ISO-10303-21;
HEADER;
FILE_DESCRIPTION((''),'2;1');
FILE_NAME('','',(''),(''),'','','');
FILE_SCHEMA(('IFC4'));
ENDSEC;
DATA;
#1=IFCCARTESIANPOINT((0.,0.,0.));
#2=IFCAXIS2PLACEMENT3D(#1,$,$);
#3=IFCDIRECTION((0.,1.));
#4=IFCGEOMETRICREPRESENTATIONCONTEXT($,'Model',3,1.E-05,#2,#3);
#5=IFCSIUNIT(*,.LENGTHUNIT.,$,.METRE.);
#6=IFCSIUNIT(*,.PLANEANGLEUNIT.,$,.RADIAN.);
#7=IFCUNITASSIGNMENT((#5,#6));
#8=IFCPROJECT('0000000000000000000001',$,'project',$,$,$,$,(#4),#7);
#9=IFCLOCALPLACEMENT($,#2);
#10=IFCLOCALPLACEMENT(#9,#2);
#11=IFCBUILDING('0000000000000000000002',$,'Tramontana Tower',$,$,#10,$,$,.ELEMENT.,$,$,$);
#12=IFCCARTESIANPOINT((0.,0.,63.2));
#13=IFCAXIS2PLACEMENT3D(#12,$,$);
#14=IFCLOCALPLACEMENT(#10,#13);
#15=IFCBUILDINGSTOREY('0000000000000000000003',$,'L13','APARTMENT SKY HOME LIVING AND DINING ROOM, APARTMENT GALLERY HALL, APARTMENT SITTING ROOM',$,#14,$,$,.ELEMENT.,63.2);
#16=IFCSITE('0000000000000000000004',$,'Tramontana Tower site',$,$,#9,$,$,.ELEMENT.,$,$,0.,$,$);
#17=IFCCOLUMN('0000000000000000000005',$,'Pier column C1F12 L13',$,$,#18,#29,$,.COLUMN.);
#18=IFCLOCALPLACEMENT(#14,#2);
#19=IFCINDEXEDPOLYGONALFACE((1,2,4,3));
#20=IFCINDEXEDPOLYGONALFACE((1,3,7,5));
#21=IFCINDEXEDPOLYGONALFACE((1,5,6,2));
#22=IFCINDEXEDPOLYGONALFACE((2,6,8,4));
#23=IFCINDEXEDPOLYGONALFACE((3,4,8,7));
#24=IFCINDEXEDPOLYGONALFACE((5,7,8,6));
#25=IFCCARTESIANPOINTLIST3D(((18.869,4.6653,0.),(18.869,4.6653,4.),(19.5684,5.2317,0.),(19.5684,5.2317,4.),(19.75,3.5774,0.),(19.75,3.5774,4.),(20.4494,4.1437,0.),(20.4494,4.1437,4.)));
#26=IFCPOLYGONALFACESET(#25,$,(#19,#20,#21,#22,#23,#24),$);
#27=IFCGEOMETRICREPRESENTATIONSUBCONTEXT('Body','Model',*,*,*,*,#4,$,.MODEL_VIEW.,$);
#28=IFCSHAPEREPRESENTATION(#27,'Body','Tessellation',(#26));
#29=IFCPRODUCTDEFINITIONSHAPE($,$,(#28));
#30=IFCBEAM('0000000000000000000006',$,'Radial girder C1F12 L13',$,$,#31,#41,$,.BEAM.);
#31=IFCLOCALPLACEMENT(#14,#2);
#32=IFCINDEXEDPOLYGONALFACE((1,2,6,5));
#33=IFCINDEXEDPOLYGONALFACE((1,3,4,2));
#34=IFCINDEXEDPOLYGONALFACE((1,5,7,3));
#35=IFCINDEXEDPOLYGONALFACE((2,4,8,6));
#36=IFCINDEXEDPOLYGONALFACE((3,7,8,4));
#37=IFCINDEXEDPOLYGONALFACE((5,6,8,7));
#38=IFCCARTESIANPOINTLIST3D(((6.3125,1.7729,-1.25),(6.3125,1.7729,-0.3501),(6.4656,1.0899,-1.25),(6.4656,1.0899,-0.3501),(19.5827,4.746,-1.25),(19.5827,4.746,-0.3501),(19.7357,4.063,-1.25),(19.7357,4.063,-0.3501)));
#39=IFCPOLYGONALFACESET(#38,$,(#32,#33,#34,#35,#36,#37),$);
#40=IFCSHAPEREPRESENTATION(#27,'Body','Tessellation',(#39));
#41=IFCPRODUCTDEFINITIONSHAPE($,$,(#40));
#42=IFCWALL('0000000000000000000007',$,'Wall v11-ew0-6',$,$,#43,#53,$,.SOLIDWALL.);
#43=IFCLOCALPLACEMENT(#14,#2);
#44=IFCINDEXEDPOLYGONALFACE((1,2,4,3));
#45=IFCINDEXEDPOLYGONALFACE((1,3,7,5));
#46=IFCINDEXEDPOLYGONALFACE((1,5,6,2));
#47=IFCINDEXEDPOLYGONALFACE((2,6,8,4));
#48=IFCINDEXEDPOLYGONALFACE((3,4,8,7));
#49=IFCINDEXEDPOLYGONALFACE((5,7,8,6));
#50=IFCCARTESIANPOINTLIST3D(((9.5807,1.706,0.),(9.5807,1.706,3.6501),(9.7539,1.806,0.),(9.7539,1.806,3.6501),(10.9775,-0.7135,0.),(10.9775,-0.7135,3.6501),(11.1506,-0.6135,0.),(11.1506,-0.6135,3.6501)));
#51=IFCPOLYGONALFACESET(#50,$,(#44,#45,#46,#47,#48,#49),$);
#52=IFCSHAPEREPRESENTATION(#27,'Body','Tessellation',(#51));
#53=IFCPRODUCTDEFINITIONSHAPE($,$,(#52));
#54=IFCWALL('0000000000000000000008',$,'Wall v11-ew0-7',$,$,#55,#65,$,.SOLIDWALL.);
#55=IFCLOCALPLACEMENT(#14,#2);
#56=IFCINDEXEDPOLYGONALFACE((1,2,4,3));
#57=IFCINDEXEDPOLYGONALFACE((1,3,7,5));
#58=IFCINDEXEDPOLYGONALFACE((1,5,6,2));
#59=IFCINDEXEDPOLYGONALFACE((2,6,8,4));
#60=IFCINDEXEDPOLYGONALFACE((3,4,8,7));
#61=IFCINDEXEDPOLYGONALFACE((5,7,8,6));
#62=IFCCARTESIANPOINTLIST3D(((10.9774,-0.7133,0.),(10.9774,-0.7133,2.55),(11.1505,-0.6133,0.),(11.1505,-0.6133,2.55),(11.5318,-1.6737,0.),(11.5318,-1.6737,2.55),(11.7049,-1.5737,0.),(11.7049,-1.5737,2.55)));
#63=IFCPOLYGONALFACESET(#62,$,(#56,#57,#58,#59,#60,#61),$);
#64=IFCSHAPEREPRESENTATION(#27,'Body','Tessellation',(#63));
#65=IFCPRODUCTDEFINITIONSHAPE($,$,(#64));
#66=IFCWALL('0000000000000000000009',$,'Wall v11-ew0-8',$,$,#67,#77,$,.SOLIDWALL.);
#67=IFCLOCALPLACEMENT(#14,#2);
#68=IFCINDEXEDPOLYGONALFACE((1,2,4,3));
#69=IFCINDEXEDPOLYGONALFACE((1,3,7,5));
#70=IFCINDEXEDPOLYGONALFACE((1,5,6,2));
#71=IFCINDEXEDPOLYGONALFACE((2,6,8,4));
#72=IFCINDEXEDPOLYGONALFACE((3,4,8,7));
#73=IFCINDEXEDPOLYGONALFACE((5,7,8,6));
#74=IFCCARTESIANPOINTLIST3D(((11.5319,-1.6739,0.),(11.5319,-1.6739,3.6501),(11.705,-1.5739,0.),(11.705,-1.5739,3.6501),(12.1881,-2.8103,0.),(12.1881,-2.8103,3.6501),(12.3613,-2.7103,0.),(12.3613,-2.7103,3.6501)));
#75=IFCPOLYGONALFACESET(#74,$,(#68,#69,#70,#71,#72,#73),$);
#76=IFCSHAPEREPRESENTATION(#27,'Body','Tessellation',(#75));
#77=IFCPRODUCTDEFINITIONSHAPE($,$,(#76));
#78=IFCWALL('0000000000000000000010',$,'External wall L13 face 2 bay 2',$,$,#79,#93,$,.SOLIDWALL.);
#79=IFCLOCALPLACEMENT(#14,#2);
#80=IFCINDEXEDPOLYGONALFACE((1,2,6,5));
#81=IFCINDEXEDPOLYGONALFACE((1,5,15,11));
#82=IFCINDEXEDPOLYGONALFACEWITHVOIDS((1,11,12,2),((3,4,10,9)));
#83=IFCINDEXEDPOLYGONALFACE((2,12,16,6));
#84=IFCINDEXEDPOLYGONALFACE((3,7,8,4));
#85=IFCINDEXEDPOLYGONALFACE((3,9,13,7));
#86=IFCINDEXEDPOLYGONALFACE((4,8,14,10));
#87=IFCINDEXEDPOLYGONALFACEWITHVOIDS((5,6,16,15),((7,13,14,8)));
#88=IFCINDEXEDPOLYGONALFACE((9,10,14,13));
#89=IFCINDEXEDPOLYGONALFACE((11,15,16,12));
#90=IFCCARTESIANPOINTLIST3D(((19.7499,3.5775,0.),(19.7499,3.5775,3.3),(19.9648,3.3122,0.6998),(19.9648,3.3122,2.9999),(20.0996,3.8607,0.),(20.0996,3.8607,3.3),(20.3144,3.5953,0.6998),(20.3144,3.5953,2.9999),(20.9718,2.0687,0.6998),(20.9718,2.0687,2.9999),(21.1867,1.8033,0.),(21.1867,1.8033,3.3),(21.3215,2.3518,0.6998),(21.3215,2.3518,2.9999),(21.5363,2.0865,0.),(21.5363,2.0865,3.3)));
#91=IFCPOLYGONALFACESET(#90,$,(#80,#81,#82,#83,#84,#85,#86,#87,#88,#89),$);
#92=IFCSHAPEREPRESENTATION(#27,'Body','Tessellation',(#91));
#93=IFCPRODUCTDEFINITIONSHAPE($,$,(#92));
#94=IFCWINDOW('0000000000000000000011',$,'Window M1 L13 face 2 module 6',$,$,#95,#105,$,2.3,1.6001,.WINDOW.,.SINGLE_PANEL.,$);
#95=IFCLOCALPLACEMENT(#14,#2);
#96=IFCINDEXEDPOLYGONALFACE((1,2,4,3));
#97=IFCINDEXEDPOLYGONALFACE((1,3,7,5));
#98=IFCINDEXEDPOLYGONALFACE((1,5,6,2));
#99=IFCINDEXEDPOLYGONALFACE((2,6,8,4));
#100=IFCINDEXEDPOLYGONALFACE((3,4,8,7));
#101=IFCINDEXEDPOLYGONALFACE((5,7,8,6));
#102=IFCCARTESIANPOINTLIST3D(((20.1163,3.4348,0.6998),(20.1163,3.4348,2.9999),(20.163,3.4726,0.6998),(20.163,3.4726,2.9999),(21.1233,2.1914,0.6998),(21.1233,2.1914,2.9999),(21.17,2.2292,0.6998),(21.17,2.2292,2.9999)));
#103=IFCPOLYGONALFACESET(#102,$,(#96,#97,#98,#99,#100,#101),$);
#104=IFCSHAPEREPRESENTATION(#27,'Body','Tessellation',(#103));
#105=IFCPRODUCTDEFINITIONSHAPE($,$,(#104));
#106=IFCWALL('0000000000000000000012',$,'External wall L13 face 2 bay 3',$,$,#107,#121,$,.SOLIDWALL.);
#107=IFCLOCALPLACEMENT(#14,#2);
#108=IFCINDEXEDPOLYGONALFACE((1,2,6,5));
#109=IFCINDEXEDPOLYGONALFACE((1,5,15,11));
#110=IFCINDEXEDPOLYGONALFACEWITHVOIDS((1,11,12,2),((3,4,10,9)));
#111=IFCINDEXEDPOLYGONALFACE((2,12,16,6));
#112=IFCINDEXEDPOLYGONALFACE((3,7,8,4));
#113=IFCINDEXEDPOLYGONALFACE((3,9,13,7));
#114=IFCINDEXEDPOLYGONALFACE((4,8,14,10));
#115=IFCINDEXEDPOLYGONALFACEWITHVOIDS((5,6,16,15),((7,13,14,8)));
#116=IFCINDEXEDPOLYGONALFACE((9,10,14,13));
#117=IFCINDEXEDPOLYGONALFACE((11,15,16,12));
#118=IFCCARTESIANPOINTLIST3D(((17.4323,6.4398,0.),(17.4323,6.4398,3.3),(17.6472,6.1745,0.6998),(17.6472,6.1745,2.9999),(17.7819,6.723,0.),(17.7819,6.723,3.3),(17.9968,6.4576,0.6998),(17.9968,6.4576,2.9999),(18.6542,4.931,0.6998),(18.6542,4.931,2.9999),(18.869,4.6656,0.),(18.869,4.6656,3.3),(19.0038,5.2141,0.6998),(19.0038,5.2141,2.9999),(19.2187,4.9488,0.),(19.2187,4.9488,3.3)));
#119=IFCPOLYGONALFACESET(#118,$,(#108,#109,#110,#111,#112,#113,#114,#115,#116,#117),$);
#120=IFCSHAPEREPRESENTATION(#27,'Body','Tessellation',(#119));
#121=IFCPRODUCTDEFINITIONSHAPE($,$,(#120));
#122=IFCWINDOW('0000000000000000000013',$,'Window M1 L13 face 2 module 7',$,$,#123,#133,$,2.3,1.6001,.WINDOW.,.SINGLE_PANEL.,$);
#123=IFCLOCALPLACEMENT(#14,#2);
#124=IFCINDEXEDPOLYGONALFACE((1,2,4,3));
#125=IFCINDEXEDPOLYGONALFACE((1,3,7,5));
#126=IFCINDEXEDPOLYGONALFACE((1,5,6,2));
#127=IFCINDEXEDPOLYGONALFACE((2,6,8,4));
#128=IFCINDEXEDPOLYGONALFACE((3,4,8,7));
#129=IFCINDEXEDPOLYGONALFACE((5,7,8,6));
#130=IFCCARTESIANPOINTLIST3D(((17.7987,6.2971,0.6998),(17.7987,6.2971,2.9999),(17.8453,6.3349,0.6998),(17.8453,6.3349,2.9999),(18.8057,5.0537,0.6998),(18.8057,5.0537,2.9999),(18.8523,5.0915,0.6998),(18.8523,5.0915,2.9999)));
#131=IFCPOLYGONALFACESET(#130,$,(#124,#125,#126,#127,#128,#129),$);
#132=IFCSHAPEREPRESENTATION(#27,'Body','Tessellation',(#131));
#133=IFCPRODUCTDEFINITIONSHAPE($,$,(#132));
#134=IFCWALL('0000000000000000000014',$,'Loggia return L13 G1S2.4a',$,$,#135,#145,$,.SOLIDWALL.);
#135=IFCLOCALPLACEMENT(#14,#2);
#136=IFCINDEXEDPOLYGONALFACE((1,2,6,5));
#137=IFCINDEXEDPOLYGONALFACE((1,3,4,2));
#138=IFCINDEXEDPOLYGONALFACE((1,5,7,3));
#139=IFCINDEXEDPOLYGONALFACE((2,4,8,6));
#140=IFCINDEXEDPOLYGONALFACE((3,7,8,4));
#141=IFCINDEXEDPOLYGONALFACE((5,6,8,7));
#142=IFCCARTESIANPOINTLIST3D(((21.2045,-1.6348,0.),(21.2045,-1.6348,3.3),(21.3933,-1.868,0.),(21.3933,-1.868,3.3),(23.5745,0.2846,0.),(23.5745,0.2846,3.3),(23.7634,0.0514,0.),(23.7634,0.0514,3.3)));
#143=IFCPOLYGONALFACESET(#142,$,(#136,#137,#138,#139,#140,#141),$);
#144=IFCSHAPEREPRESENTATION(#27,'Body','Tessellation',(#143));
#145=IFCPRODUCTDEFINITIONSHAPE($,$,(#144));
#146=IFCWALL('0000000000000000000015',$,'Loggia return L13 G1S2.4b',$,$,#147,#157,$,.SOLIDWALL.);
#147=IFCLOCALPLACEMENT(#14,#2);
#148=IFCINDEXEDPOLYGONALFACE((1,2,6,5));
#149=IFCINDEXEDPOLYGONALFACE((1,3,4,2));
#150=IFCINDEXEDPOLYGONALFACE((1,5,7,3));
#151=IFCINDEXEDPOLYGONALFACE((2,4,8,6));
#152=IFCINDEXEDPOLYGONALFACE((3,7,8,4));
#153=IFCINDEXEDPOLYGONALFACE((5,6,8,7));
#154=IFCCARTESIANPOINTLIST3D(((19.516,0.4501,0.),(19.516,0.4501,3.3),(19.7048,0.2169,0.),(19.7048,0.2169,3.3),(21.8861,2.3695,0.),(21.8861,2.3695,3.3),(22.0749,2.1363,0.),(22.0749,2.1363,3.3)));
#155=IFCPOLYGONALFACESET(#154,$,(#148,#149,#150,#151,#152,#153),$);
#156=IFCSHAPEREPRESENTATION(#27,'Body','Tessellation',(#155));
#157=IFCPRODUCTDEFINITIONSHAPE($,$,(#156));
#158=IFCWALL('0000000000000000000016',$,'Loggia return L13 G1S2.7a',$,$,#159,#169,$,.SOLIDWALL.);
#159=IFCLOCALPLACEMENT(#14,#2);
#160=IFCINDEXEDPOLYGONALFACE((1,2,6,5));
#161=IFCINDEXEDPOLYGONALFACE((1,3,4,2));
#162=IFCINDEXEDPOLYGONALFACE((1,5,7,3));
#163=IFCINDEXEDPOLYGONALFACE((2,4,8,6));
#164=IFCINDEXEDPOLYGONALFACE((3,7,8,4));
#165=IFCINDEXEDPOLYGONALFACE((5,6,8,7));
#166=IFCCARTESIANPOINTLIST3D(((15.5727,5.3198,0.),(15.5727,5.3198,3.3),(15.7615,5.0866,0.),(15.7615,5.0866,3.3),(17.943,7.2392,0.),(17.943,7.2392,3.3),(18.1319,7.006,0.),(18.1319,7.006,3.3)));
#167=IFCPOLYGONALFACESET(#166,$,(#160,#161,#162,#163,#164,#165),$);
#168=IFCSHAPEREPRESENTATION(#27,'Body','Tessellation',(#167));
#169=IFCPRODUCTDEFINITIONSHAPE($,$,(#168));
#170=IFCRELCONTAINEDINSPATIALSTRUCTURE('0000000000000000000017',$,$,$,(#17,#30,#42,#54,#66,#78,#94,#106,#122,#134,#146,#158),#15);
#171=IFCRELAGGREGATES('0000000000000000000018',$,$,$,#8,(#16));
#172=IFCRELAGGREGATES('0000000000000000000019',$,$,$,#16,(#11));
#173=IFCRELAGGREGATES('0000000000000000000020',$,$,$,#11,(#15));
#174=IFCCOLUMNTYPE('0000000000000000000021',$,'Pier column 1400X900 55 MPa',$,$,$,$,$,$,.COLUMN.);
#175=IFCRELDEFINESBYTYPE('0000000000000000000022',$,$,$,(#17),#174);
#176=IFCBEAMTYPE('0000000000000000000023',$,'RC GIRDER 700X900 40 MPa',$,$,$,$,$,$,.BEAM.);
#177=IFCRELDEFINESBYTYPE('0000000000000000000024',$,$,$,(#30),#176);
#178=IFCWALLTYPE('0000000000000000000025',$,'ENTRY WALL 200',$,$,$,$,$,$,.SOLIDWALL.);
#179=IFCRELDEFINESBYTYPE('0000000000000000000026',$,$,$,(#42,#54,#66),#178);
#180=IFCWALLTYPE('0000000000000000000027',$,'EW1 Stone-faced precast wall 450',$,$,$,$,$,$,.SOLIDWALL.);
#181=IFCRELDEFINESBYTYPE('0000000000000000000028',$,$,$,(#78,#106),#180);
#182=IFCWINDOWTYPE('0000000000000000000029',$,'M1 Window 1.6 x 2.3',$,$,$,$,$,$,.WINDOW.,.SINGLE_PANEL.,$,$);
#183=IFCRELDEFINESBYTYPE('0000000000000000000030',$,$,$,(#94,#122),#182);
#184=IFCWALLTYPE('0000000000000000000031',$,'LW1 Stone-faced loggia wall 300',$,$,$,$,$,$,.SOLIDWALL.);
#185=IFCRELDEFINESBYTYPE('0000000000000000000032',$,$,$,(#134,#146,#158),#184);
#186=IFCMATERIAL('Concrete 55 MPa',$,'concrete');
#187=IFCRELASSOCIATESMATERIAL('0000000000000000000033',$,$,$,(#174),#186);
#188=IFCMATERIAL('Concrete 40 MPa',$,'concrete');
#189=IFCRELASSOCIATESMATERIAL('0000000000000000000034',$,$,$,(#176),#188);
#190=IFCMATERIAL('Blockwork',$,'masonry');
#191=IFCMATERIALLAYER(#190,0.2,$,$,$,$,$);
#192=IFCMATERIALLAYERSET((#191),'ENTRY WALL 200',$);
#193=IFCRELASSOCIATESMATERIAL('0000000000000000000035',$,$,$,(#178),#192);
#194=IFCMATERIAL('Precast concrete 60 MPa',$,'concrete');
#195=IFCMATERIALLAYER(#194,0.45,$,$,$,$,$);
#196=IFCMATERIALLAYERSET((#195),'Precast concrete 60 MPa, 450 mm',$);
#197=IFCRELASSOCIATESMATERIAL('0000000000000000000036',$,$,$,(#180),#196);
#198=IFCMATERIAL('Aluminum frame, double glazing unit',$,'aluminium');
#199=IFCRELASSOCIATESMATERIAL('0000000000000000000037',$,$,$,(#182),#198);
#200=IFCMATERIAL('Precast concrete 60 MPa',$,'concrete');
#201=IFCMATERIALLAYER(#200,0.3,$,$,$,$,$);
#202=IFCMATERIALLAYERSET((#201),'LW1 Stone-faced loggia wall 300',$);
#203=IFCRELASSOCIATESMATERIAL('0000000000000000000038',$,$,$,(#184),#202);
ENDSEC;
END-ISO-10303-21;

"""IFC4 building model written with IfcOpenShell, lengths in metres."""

from ifc_helpers import new_model, si_unit, direction, frame, frame_2d, origin, origin_2d, place, context, subcontext, project, spatial, rectangle, extrude, material, layer, layer_set, material_profile, profile_set, type_object, element, fill, save


model = new_model("IFC4")

# Units and contexts
model_context = context("Model", 3, precision=1e-05, world=origin(), true_north=direction((0.0, 1.0)))
body_context = subcontext(model_context, "Body", "Model", "MODEL_VIEW")
ifc_project = project(units=[si_unit("LENGTHUNIT", "METRE"), si_unit("PLANEANGLEUNIT", "RADIAN")], contexts=[model_context])

# Site, building, storey
site_placement = place(None, origin())
site = spatial("IfcSite", under=ifc_project, at=site_placement, Name="Tramontana Tower site", CompositionType="ELEMENT", RefElevation=0.0)
building_placement = place(site_placement, origin())
building = spatial("IfcBuilding", under=site, at=building_placement, Name="Tramontana Tower", CompositionType="ELEMENT")
storey_placement = place(building_placement, frame((0.0, 0.0, 63.2)))
storey = spatial("IfcBuildingStorey", under=building, at=storey_placement, Name="L13", Description="APARTMENT SKY HOME LIVING AND DINING ROOM, APARTMENT GALLERY HALL, APARTMENT SITTING ROOM", CompositionType="ELEMENT", Elevation=63.2)

# Column
ifc_material_1 = material(Name="Concrete 55 MPa", Category="concrete")
ifc_material_profile_1 = material_profile(ifc_material_1, rectangle(XDim=1.3999, YDim=0.8999, at=origin_2d()), Name="Pier column 1400X900 55 MPa")
ifc_profile_set_1 = profile_set([ifc_material_profile_1], Name="Concrete 55 MPa")
column_type = type_object("IfcColumnType", Name="Pier column 1400X900 55 MPa", PredefinedType="COLUMN", material=ifc_profile_set_1)
column_placement = place(storey_placement, frame((19.6592, 4.4045, 0.0), z_axis=(0.0, 0.0, 1.0), x_axis=(-0.62932, 0.777146, 0.0)))
element("IfcColumn", 1, at=column_placement, inside=storey, type_object=column_type, Name="Pier column C1F12 L13", PredefinedType="COLUMN", context=body_context, shape_type="SweptSolid", body=[
    extrude(rectangle(XDim=1.3999, YDim=0.8999, at=origin_2d()), origin(), (0.0, 0.0, 1.0), 4.0),
])

# Beam
ifc_material_2 = material(Name="Concrete 40 MPa", Category="concrete")
ifc_material_profile_2 = material_profile(ifc_material_2, rectangle(XDim=0.7, YDim=0.8999, at=origin_2d()), Name="RC GIRDER 700X900 40 MPa")
ifc_profile_set_2 = profile_set([ifc_material_profile_2], Name="Concrete 40 MPa")
beam_type = type_object("IfcBeamType", Name="RC GIRDER 700X900 40 MPa", PredefinedType="BEAM", material=ifc_profile_set_2)
beam_placement = place(storey_placement, frame((19.6592, 4.4045, -0.8), z_axis=(-0.975808, -0.21863, 0.0), x_axis=(0.21863, -0.975808, 0.0)))
element("IfcBeam", 2, at=beam_placement, inside=storey, type_object=beam_type, Name="Radial girder C1F12 L13", PredefinedType="BEAM", context=body_context, shape_type="SweptSolid", body=[
    extrude(rectangle(XDim=0.7, YDim=0.8999, at=origin_2d()), origin(), (0.0, 0.0, 1.0), 13.5991),
])

# Walls
ifc_material_3 = material(Name="Blockwork", Category="masonry")
ifc_layer_1 = layer(ifc_material_3, 0.2)
ifc_layer_set_1 = layer_set([ifc_layer_1], Name="ENTRY WALL 200")
wall_type_1 = type_object("IfcWallType", Name="ENTRY WALL 200", PredefinedType="SOLIDWALL", material=ifc_layer_set_1)
wall_1_placement = place(storey_placement, frame((9.6672, 1.7561, 0.0), z_axis=(0.0, 0.0, 1.0), x_axis=(0.499965, -0.866046, 0.0)))
element("IfcWall", 3, at=wall_1_placement, inside=storey, type_object=wall_type_1, Name="Wall v11-ew0-6", PredefinedType="SOLIDWALL", context=body_context, shape_type="SweptSolid", body=[
    extrude(rectangle(XDim=2.7937, YDim=0.2, at=frame_2d((1.397, 0.0))), origin(), (0.0, 0.0, 1.0), 3.6501),
])
wall_2_placement = place(storey_placement, frame((11.064, -0.6633, 0.0), z_axis=(0.0, 0.0, 1.0), x_axis=(0.499951, -0.866054, 0.0)))
element("IfcWall", 4, at=wall_2_placement, inside=storey, type_object=wall_type_1, Name="Wall v11-ew0-7", PredefinedType="SOLIDWALL", context=body_context, shape_type="SweptSolid", body=[
    extrude(rectangle(XDim=1.1089, YDim=0.2, at=frame_2d((0.5544, 0.0))), origin(), (0.0, 0.0, 1.0), 2.55),
])
wall_3_placement = place(storey_placement, frame((11.6184, -1.6238, 0.0), z_axis=(0.0, 0.0, 1.0), x_axis=(0.500061, -0.86599, 0.0)))
element("IfcWall", 5, at=wall_3_placement, inside=storey, type_object=wall_type_1, Name="Wall v11-ew0-8", PredefinedType="SOLIDWALL", context=body_context, shape_type="SweptSolid", body=[
    extrude(rectangle(XDim=1.3123, YDim=0.2, at=frame_2d((0.6562, 0.0))), origin(), (0.0, 0.0, 1.0), 3.6501),
])

# Walls, openings, windows
ifc_material_4 = material(Name="Precast concrete 60 MPa", Category="concrete")
ifc_layer_2 = layer(ifc_material_4, 0.45)
ifc_layer_set_2 = layer_set([ifc_layer_2], Name="Precast concrete 60 MPa, 450 mm")
wall_type_2 = type_object("IfcWallType", Name="EW1 Stone-faced precast wall 450", PredefinedType="SOLIDWALL", material=ifc_layer_set_2)
wall_4_placement = place(storey_placement, frame((21.3616, 1.9448, 0.0), z_axis=(0.0, 0.0, 1.0), x_axis=(-0.62934, 0.77713, 0.0)))
wall_4 = element("IfcWall", 6, at=wall_4_placement, inside=storey, type_object=wall_type_2, Name="External wall L13 face 2 bay 2", PredefinedType="SOLIDWALL", context=body_context, shape_type="SweptSolid", body=[
    extrude(rectangle(XDim=2.283, YDim=0.45, at=frame_2d((1.1416, 0.0))), origin(), (0.0, 0.0, 1.0), 3.3),
])
opening_1_placement = place(wall_4_placement, frame((0.3416, 0.0, 0.7)))
opening_1 = element("IfcOpeningElement", 7, at=opening_1_placement, cuts=wall_4, PredefinedType="OPENING", context=body_context, shape_type="SweptSolid", body=[
    extrude(rectangle(XDim=1.6001, YDim=2.3, at=frame_2d((0.8, 1.1499))), frame((0.0, 0.2349, 0.0), z_axis=(0.0, -1.0, 0.0), x_axis=(1.0, 0.0, 0.0)), (0.0, 0.0, 1.0), 0.47),
])
ifc_material_5 = material(Name="Aluminum frame, double glazing unit", Category="aluminium")
window_type = type_object("IfcWindowType", Name="M1 Window 1.6 x 2.3", PartitioningType="SINGLE_PANEL", PredefinedType="WINDOW", material=ifc_material_5)
window_1_placement = place(opening_1_placement, origin())
window_1 = element("IfcWindow", 8, at=window_1_placement, inside=storey, type_object=window_type, Name="Window M1 L13 face 2 module 6", OverallHeight=2.3, OverallWidth=1.6001, PartitioningType="SINGLE_PANEL", PredefinedType="WINDOW", context=body_context, shape_type="SweptSolid", body=[
    extrude(rectangle(XDim=1.6001, YDim=2.3, at=frame_2d((0.8, 1.1499))), frame((0.0, 0.03, 0.0), z_axis=(0.0, -1.0, 0.0), x_axis=(1.0, 0.0, 0.0)), (0.0, 0.0, 1.0), 0.0601),
])
fill(opening_1, window_1)
wall_5_placement = place(storey_placement, frame((19.0439, 4.8071, 0.0), z_axis=(0.0, 0.0, 1.0), x_axis=(-0.62934, 0.77713, 0.0)))
wall_5 = element("IfcWall", 9, at=wall_5_placement, inside=storey, type_object=wall_type_2, Name="External wall L13 face 2 bay 3", PredefinedType="SOLIDWALL", context=body_context, shape_type="SweptSolid", body=[
    extrude(rectangle(XDim=2.283, YDim=0.45, at=frame_2d((1.1416, 0.0))), origin(), (0.0, 0.0, 1.0), 3.3),
])
opening_2_placement = place(wall_5_placement, frame((0.3416, 0.0, 0.7)))
opening_2 = element("IfcOpeningElement", 10, at=opening_2_placement, cuts=wall_5, PredefinedType="OPENING", context=body_context, shape_type="SweptSolid", body=[
    extrude(rectangle(XDim=1.6001, YDim=2.3, at=frame_2d((0.8, 1.1499))), frame((0.0, 0.2349, 0.0), z_axis=(0.0, -1.0, 0.0), x_axis=(1.0, 0.0, 0.0)), (0.0, 0.0, 1.0), 0.47),
])
window_2_placement = place(opening_2_placement, origin())
window_2 = element("IfcWindow", 11, at=window_2_placement, inside=storey, type_object=window_type, Name="Window M1 L13 face 2 module 7", OverallHeight=2.3, OverallWidth=1.6001, PartitioningType="SINGLE_PANEL", PredefinedType="WINDOW", context=body_context, shape_type="SweptSolid", body=[
    extrude(rectangle(XDim=1.6001, YDim=2.3, at=frame_2d((0.8, 1.1499))), frame((0.0, 0.03, 0.0), z_axis=(0.0, -1.0, 0.0), x_axis=(1.0, 0.0, 0.0)), (0.0, 0.0, 1.0), 0.0601),
])
fill(opening_2, window_2)

# Shared definitions
ifc_material_6 = material(Name="Precast concrete 60 MPa", Category="concrete")
ifc_layer_3 = layer(ifc_material_6, 0.3)
ifc_layer_set_3 = layer_set([ifc_layer_3], Name="LW1 Stone-faced loggia wall 300")
wall_type_3 = type_object("IfcWallType", Name="LW1 Stone-faced loggia wall 300", PredefinedType="SOLIDWALL", material=ifc_layer_set_3)

# Walls
for number, where, z_axis, x_axis, name in (
    (12, (23.6689, 0.168, 0.0), (0.0, 0.0, 1.0), (-0.777122, -0.62935, 0.0), "Loggia return L13 G1S2.4a"),
    (13, (21.9805, 2.2529, 0.0), (0.0, 0.0, 1.0), (-0.777122, -0.62935, 0.0), "Loggia return L13 G1S2.4b"),
):
    element("IfcWall", number, at=place(storey_placement, frame(where, z_axis=z_axis, x_axis=x_axis)), inside=storey, type_object=wall_type_3, Name=name, PredefinedType="SOLIDWALL", context=body_context, shape_type="SweptSolid", body=[
        extrude(rectangle(XDim=3.0498, YDim=0.3, at=frame_2d((1.5249, 0.0))), origin(), (0.0, 0.0, 1.0), 3.3),
    ])

# Wall
wall_6_placement = place(storey_placement, frame((18.0374, 7.1226, 0.0), z_axis=(0.0, 0.0, 1.0), x_axis=(-0.777154, -0.629311, 0.0)))
element("IfcWall", 14, at=wall_6_placement, inside=storey, type_object=wall_type_3, Name="Loggia return L13 G1S2.7a", PredefinedType="SOLIDWALL", context=body_context, shape_type="SweptSolid", body=[
    extrude(rectangle(XDim=3.05, YDim=0.3, at=frame_2d((1.5249, 0.0))), origin(), (0.0, 0.0, 1.0), 3.3),
])

save(model, "model.ifc")
